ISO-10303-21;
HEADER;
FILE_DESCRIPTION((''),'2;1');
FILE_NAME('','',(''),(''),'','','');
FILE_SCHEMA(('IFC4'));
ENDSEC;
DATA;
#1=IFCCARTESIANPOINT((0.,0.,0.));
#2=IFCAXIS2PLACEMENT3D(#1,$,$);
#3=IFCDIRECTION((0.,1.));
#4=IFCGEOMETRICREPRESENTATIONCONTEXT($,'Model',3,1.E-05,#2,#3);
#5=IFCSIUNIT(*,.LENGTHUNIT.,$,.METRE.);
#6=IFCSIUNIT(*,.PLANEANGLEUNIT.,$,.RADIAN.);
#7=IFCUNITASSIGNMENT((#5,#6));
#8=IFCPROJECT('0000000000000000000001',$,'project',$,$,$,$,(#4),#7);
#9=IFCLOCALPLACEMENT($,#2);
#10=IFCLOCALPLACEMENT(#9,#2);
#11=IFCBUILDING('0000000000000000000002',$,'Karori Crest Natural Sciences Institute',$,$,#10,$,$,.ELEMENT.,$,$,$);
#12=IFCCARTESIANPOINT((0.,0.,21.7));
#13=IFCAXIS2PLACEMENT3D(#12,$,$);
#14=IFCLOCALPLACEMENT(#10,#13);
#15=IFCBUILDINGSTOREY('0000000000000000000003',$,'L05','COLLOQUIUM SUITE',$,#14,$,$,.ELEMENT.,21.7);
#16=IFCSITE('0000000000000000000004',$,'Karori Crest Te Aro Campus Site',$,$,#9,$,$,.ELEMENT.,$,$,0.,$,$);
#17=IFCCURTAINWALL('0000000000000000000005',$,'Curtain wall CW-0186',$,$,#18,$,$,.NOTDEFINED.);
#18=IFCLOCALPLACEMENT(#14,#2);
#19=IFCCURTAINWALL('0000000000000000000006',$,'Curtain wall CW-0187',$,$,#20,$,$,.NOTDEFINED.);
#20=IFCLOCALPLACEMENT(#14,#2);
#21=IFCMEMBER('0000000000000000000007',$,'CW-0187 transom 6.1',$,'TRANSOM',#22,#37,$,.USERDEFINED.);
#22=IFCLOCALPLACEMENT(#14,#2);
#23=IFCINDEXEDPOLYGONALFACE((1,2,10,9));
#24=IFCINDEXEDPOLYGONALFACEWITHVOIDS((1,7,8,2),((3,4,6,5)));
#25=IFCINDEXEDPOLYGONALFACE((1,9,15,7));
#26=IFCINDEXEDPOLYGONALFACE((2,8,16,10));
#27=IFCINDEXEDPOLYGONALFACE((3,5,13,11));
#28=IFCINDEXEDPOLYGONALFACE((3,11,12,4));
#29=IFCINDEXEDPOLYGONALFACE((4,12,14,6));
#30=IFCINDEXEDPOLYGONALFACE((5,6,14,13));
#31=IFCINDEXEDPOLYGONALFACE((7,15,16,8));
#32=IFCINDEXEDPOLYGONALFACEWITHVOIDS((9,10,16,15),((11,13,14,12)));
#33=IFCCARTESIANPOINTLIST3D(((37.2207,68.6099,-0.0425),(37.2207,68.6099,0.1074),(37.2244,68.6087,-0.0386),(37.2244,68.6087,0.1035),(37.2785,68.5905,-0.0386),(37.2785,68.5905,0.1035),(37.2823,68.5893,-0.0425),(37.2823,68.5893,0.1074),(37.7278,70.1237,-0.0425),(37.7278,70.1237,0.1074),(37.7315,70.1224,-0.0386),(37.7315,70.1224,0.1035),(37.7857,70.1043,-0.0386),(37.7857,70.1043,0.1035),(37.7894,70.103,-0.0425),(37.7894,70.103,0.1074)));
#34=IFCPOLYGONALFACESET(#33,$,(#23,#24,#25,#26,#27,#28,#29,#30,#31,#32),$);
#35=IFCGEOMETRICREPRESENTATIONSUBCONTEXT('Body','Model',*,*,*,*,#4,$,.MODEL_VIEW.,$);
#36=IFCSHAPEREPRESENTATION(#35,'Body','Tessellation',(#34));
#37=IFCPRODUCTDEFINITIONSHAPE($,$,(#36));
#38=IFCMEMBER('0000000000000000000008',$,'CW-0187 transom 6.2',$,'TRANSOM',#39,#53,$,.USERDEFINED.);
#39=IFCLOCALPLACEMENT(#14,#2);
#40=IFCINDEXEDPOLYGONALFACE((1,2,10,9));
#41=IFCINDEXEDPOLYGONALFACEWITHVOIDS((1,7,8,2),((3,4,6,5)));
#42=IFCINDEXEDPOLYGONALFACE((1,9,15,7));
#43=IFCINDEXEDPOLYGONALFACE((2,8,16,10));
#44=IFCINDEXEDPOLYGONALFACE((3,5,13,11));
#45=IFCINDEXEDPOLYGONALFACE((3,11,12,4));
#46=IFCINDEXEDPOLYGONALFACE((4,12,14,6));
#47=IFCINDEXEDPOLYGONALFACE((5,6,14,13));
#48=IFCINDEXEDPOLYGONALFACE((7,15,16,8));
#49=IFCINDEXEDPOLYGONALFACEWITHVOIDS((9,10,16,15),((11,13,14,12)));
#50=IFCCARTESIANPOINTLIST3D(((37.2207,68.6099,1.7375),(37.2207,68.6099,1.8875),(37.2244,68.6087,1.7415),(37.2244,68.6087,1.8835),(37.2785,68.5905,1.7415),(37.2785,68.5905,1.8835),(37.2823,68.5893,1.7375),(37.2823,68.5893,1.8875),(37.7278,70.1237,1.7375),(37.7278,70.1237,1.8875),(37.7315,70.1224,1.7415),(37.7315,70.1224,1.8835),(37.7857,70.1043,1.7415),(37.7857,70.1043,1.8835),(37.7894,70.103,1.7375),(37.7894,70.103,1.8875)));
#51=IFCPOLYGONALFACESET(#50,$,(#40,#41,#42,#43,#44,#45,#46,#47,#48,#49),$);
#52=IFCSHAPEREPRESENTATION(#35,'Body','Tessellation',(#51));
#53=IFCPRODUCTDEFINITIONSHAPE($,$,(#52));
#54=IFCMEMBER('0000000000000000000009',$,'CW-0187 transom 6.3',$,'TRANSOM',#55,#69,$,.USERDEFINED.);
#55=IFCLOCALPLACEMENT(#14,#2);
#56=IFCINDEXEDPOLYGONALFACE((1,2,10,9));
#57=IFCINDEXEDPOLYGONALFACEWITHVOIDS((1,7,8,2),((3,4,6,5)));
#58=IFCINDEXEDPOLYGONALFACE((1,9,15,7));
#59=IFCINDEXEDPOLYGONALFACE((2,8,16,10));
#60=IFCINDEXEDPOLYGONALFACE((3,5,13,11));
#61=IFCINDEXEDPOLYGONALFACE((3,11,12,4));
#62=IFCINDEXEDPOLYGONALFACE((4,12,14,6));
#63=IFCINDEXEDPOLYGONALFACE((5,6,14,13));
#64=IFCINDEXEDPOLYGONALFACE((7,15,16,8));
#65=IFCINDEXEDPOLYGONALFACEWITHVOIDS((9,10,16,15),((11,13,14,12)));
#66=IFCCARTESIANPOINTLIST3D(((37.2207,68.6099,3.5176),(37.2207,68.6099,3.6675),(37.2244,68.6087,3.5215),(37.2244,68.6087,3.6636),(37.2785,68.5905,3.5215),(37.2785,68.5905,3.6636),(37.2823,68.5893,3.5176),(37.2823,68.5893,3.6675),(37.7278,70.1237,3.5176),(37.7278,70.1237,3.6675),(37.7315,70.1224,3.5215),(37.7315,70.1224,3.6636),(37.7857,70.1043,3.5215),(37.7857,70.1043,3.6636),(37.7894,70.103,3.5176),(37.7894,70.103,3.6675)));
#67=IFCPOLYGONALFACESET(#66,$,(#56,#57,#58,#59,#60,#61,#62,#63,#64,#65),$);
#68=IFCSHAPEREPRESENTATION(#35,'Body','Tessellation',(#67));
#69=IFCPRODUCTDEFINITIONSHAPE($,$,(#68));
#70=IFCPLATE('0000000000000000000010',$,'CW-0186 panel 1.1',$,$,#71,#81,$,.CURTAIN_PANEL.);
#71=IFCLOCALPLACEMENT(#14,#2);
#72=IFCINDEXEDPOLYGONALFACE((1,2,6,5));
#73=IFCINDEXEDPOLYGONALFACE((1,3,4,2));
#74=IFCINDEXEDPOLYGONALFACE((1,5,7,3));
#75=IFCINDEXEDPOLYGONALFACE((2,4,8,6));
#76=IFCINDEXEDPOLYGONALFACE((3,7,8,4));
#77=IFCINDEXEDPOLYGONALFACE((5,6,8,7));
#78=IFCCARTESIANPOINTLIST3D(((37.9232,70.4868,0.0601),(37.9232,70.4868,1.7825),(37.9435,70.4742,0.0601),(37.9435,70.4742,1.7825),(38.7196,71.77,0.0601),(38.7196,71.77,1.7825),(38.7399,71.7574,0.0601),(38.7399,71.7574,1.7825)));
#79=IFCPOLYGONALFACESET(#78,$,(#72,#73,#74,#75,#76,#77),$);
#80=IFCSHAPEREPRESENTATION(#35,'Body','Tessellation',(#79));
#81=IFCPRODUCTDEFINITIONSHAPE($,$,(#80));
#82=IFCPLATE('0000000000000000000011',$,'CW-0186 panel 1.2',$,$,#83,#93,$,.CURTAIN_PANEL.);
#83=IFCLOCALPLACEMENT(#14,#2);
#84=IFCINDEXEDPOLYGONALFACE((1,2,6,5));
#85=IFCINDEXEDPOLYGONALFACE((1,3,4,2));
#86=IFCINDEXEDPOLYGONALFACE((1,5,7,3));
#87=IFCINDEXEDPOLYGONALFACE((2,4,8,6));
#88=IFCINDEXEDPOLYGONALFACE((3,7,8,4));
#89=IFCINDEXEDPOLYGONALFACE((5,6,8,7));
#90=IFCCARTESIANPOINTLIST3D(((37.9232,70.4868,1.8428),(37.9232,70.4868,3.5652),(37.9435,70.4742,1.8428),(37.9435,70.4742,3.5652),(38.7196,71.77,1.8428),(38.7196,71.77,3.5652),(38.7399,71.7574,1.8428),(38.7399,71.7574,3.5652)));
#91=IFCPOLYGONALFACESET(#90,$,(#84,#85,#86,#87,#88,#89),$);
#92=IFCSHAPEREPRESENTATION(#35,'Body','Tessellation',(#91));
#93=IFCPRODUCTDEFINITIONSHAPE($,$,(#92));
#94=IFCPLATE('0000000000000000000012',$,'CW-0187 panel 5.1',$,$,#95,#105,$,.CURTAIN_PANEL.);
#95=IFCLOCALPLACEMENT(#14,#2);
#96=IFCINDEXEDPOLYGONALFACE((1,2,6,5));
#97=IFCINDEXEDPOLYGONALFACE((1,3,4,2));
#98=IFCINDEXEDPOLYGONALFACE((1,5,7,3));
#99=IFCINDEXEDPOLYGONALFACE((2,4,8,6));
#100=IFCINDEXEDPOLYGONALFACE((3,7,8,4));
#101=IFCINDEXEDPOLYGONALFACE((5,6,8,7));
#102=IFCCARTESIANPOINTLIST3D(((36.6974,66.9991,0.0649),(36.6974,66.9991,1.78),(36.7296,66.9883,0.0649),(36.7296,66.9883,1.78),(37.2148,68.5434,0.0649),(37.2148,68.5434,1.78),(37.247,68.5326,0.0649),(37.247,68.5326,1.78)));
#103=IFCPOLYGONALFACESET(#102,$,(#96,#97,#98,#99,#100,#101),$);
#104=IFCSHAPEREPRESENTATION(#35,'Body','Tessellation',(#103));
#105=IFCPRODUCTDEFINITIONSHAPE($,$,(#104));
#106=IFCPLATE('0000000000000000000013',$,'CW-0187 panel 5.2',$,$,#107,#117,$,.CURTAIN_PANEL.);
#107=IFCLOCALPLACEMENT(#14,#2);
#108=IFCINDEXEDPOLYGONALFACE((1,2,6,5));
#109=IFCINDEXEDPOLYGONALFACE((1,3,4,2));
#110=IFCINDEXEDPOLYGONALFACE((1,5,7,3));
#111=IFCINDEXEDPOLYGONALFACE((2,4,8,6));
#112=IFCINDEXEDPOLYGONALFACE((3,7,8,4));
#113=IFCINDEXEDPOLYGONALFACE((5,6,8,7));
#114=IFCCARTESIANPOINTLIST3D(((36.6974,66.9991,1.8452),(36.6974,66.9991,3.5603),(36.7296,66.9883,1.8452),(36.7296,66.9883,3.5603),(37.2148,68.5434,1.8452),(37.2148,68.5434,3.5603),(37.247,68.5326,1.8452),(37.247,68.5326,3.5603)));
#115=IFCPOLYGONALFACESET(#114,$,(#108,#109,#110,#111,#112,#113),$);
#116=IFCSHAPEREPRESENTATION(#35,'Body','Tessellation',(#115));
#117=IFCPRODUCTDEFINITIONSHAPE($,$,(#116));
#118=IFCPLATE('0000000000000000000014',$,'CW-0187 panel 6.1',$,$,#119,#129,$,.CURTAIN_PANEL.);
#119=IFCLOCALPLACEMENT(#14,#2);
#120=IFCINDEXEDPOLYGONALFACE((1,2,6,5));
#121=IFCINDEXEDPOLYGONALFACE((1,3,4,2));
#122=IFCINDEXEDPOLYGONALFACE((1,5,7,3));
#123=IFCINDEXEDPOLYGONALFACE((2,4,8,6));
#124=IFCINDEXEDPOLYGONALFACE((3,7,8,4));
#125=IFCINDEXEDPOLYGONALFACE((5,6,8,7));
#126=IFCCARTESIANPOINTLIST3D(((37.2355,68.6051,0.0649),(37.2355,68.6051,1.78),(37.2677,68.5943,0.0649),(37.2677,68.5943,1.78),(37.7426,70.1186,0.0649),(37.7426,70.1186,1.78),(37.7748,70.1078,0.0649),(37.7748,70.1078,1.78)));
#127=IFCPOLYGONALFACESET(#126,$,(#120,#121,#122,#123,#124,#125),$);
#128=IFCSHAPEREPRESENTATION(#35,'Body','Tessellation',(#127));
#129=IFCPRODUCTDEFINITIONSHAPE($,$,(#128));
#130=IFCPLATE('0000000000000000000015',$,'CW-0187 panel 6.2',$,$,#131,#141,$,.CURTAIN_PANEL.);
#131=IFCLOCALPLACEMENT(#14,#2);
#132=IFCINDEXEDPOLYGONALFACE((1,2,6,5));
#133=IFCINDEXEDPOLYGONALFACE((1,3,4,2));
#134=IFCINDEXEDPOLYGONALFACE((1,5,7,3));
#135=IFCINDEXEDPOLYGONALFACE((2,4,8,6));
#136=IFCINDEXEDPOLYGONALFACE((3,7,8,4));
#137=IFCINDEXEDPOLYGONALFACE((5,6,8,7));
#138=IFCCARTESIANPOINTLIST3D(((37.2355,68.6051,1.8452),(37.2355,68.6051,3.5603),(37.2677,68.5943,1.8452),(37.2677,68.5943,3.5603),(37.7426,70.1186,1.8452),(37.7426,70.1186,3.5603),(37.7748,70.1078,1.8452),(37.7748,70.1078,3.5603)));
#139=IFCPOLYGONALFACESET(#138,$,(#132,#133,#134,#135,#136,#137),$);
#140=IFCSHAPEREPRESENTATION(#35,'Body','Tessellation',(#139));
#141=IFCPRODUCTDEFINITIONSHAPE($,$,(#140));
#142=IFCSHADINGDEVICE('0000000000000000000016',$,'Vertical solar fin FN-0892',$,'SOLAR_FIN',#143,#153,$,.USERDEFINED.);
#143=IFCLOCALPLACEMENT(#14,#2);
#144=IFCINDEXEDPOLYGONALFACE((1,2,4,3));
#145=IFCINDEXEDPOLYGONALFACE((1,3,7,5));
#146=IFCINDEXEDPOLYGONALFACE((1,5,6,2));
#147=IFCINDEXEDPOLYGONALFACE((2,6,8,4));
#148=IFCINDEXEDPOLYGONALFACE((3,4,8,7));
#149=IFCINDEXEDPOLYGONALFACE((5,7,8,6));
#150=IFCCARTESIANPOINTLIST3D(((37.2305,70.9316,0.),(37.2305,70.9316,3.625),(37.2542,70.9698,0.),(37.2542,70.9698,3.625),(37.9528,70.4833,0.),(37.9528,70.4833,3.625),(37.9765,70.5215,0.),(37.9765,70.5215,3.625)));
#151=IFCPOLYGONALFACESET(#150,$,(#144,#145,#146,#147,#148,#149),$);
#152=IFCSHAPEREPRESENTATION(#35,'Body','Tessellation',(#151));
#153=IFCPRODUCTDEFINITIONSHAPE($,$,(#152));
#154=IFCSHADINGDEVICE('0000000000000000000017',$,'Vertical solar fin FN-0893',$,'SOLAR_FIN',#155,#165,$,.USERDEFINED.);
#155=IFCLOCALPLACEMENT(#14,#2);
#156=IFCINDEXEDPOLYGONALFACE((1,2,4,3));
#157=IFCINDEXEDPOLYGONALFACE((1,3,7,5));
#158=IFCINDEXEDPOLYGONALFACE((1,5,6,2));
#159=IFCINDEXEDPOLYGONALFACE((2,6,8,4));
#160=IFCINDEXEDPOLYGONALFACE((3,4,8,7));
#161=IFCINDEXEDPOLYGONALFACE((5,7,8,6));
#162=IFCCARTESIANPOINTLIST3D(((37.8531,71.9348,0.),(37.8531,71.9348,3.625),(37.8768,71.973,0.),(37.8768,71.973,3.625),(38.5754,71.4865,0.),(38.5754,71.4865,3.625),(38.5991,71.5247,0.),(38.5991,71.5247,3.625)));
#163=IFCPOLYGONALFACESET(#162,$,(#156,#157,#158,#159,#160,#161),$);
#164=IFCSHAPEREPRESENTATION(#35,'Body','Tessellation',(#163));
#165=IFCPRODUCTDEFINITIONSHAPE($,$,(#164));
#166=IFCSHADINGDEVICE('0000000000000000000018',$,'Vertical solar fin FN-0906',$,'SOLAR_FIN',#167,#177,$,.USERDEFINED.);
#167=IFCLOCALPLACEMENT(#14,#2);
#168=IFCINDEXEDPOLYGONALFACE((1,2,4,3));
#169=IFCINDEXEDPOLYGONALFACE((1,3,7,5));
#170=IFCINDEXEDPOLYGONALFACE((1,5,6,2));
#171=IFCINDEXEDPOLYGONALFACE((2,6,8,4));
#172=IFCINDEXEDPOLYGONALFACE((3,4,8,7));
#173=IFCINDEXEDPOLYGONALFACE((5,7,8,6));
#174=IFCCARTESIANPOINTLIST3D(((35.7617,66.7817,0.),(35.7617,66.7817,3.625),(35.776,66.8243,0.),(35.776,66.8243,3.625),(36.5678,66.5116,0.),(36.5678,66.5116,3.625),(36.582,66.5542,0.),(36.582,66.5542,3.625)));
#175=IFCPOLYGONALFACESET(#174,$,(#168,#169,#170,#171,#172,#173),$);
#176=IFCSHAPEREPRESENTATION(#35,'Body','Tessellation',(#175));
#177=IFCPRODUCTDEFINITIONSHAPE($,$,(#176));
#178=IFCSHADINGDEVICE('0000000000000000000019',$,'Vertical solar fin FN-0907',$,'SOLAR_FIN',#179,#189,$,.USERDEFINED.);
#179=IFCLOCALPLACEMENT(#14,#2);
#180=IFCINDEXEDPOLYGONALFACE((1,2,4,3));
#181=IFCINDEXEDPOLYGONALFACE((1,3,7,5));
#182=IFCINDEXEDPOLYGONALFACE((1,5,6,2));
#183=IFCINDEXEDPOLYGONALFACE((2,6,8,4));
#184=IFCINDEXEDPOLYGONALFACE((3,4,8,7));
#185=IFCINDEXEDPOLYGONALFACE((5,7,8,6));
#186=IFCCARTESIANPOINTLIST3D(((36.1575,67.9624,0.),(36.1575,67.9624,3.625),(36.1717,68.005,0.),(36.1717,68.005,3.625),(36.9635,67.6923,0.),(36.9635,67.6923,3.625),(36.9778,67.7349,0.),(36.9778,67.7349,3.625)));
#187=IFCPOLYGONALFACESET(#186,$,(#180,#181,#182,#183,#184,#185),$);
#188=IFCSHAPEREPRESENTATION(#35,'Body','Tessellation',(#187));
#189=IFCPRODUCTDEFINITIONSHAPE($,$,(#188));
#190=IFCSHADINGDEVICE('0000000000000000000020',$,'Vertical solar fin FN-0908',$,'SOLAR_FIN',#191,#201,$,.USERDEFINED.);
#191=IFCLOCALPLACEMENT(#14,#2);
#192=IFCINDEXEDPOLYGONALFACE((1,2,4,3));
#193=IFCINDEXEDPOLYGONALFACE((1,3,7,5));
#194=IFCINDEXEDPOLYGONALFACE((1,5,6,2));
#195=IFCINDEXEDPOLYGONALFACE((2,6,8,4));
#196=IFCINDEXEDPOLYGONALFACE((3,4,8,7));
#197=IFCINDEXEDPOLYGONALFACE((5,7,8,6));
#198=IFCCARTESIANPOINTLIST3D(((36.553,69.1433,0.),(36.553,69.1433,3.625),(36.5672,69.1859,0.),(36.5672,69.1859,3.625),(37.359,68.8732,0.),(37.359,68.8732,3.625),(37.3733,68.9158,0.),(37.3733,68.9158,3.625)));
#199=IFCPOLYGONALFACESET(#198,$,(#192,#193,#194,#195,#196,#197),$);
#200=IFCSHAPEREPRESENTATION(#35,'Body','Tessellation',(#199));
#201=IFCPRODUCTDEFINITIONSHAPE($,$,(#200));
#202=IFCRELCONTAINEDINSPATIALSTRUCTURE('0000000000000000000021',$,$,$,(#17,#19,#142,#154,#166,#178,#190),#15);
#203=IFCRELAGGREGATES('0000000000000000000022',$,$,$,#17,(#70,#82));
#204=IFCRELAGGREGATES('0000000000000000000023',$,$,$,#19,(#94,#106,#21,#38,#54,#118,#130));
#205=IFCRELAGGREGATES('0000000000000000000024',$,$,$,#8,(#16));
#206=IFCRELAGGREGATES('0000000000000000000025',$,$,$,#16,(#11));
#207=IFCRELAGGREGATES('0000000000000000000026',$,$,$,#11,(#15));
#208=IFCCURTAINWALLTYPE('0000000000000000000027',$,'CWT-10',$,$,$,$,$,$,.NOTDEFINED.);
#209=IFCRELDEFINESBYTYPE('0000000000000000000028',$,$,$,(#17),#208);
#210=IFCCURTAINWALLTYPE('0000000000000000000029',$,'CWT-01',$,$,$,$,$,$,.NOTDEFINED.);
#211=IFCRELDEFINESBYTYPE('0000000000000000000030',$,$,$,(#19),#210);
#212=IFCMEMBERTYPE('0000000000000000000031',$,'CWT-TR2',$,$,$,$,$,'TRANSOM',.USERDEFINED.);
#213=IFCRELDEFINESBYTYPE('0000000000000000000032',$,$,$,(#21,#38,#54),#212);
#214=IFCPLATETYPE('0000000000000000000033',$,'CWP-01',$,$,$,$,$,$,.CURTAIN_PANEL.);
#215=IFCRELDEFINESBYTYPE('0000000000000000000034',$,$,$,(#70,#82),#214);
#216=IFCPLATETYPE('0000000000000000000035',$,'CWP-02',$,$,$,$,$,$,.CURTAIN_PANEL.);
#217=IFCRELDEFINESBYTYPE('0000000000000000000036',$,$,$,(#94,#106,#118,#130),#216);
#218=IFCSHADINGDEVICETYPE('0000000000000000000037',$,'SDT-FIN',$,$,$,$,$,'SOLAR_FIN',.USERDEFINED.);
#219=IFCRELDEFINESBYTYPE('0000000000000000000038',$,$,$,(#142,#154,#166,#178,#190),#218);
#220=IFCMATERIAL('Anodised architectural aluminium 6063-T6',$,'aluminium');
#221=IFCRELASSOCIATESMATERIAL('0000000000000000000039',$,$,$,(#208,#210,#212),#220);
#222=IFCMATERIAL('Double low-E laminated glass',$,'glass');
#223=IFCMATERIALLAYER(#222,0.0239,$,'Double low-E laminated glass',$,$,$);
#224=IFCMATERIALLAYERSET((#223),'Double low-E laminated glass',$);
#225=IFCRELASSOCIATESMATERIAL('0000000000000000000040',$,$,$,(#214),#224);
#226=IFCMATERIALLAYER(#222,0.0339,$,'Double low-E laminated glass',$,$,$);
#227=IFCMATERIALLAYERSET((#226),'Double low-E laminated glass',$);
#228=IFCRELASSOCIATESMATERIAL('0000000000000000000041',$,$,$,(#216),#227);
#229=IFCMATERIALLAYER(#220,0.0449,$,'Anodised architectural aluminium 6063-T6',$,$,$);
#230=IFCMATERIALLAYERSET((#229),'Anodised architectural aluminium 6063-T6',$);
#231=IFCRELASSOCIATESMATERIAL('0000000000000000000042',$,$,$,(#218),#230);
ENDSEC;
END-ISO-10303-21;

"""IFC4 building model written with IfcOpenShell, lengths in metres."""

from ifc_helpers import new_model, si_unit, direction, frame, origin, origin_2d, place, context, subcontext, project, spatial, rectangle, hollow_rectangle, extrude, material, layer, layer_set, material_profile, profile_set, type_object, element, aggregate, save


model = new_model("IFC4")

# Units and contexts
model_context = context("Model", 3, precision=1e-05, world=origin(), true_north=direction((0.0, 1.0)))
body_context = subcontext(model_context, "Body", "Model", "MODEL_VIEW")
ifc_project = project(units=[si_unit("LENGTHUNIT", "METRE"), si_unit("PLANEANGLEUNIT", "RADIAN")], contexts=[model_context])

# Site, building, storey
site_placement = place(None, origin())
site = spatial("IfcSite", under=ifc_project, at=site_placement, Name="Karori Crest Te Aro Campus Site", CompositionType="ELEMENT", RefElevation=0.0)
building_placement = place(site_placement, origin())
building = spatial("IfcBuilding", under=site, at=building_placement, Name="Karori Crest Natural Sciences Institute", CompositionType="ELEMENT")
storey_placement = place(building_placement, frame((0.0, 0.0, 21.7)))
storey = spatial("IfcBuildingStorey", under=building, at=storey_placement, Name="L05", Description="COLLOQUIUM SUITE", CompositionType="ELEMENT", Elevation=21.7)

# Curtain walls
ifc_material_1 = material(Name="Anodised architectural aluminium 6063-T6", Category="aluminium")
curtain_wall_type_1 = type_object("IfcCurtainWallType", Name="CWT-10", PredefinedType="NOTDEFINED", material=ifc_material_1)
curtain_wall_1_placement = place(storey_placement, origin())
curtain_wall_1 = element("IfcCurtainWall", 1, at=curtain_wall_1_placement, inside=storey, type_object=curtain_wall_type_1, Name="Curtain wall CW-0186", PredefinedType="NOTDEFINED")
curtain_wall_type_2 = type_object("IfcCurtainWallType", Name="CWT-01", PredefinedType="NOTDEFINED", material=ifc_material_1)
curtain_wall_2_placement = place(storey_placement, origin())
curtain_wall_2 = element("IfcCurtainWall", 2, at=curtain_wall_2_placement, inside=storey, type_object=curtain_wall_type_2, Name="Curtain wall CW-0187", PredefinedType="NOTDEFINED")

# Members
ifc_material_profile_1 = material_profile(ifc_material_1, hollow_rectangle(XDim=0.0649, YDim=0.1499, WallThickness=0.0039, at=origin_2d()), Name="CWT150x65x4")
ifc_profile_set_1 = profile_set([ifc_material_profile_1], Name="Anodised architectural aluminium 6063-T6")
member_type_1 = type_object("IfcMemberType", Name="CWT-TR2", ElementType="TRANSOM", PredefinedType="USERDEFINED", material=ifc_profile_set_1)
member_1_placement = place(storey_placement, frame((37.2515, 68.5996, 0.0325), z_axis=(0.31765, 0.948208, 0.0), x_axis=(-0.948208, 0.31765, 0.0)))
member_1 = element("IfcMember", 3, at=member_1_placement, type_object=member_type_1, Name="CW-0187 transom 6.1", ObjectType="TRANSOM", PredefinedType="USERDEFINED", context=body_context, shape_type="SweptSolid", body=[
    extrude(hollow_rectangle(XDim=0.0649, YDim=0.1499, WallThickness=0.0039, at=origin_2d()), origin(), (0.0, 0.0, 1.0), 1.5964),
])
member_2_placement = place(storey_placement, frame((37.2515, 68.5996, 1.8125), z_axis=(0.31765, 0.948208, 0.0), x_axis=(-0.948208, 0.31765, 0.0)))
member_2 = element("IfcMember", 4, at=member_2_placement, type_object=member_type_1, Name="CW-0187 transom 6.2", ObjectType="TRANSOM", PredefinedType="USERDEFINED", context=body_context, shape_type="SweptSolid", body=[
    extrude(hollow_rectangle(XDim=0.0649, YDim=0.1499, WallThickness=0.0039, at=origin_2d()), origin(), (0.0, 0.0, 1.0), 1.5964),
])
member_3_placement = place(storey_placement, frame((37.2515, 68.5996, 3.5925), z_axis=(0.31765, 0.948208, 0.0), x_axis=(-0.948208, 0.31765, 0.0)))
member_3 = element("IfcMember", 5, at=member_3_placement, type_object=member_type_1, Name="CW-0187 transom 6.3", ObjectType="TRANSOM", PredefinedType="USERDEFINED", context=body_context, shape_type="SweptSolid", body=[
    extrude(hollow_rectangle(XDim=0.0649, YDim=0.1499, WallThickness=0.0039, at=origin_2d()), origin(), (0.0, 0.0, 1.0), 1.5964),
])

# Plates
ifc_material_2 = material(Name="Double low-E laminated glass", Category="glass")
ifc_layer_1 = layer(ifc_material_2, 0.0239, Name="Double low-E laminated glass")
ifc_layer_set_1 = layer_set([ifc_layer_1], Name="Double low-E laminated glass")
plate_type_1 = type_object("IfcPlateType", Name="CWP-01", PredefinedType="CURTAIN_PANEL", material=ifc_layer_set_1)
plate_1_placement = place(storey_placement, frame((38.3315, 71.1221, 0.0601), z_axis=(0.0, 0.0, 1.0), x_axis=(0.527324, 0.849664, 0.0)))
plate_1 = element("IfcPlate", 6, at=plate_1_placement, type_object=plate_type_1, Name="CW-0186 panel 1.1", PredefinedType="CURTAIN_PANEL", context=body_context, shape_type="SweptSolid", body=[
    extrude(rectangle(XDim=1.5103, YDim=0.0239, at=origin_2d()), origin(), (0.0, 0.0, 1.0), 1.7224),
])
plate_2_placement = place(storey_placement, frame((38.3315, 71.1221, 1.8428), z_axis=(0.0, 0.0, 1.0), x_axis=(0.527324, 0.849664, 0.0)))
plate_2 = element("IfcPlate", 7, at=plate_2_placement, type_object=plate_type_1, Name="CW-0186 panel 1.2", PredefinedType="CURTAIN_PANEL", context=body_context, shape_type="SweptSolid", body=[
    extrude(rectangle(XDim=1.5103, YDim=0.0239, at=origin_2d()), origin(), (0.0, 0.0, 1.0), 1.7224),
])
aggregate(curtain_wall_1, [plate_1, plate_2])
ifc_layer_2 = layer(ifc_material_2, 0.0339, Name="Double low-E laminated glass")
ifc_layer_set_2 = layer_set([ifc_layer_2], Name="Double low-E laminated glass")
plate_type_2 = type_object("IfcPlateType", Name="CWP-02", PredefinedType="CURTAIN_PANEL", material=ifc_layer_set_2)
plate_3_placement = place(storey_placement, frame((36.9722, 67.7659, 0.0649), z_axis=(0.0, 0.0, 1.0), x_axis=(0.31768, 0.948198, 0.0)))
plate_3 = element("IfcPlate", 8, at=plate_3_placement, type_object=plate_type_2, Name="CW-0187 panel 5.1", PredefinedType="CURTAIN_PANEL", context=body_context, shape_type="SweptSolid", body=[
    extrude(rectangle(XDim=1.6287, YDim=0.0339, at=origin_2d()), origin(), (0.0, 0.0, 1.0), 1.7151),
])
plate_4_placement = place(storey_placement, frame((36.9722, 67.7659, 1.8452), z_axis=(0.0, 0.0, 1.0), x_axis=(0.31768, 0.948198, 0.0)))
plate_4 = element("IfcPlate", 9, at=plate_4_placement, type_object=plate_type_2, Name="CW-0187 panel 5.2", PredefinedType="CURTAIN_PANEL", context=body_context, shape_type="SweptSolid", body=[
    extrude(rectangle(XDim=1.6287, YDim=0.0339, at=origin_2d()), origin(), (0.0, 0.0, 1.0), 1.7151),
])
plate_5_placement = place(storey_placement, frame((37.5051, 69.3564, 0.0649), z_axis=(0.0, 0.0, 1.0), x_axis=(0.31768, 0.948198, 0.0)))
plate_5 = element("IfcPlate", 10, at=plate_5_placement, type_object=plate_type_2, Name="CW-0187 panel 6.1", PredefinedType="CURTAIN_PANEL", context=body_context, shape_type="SweptSolid", body=[
    extrude(rectangle(XDim=1.5962, YDim=0.0339, at=origin_2d()), origin(), (0.0, 0.0, 1.0), 1.7151),
])
plate_6_placement = place(storey_placement, frame((37.5051, 69.3564, 1.8452), z_axis=(0.0, 0.0, 1.0), x_axis=(0.31768, 0.948198, 0.0)))
plate_6 = element("IfcPlate", 11, at=plate_6_placement, type_object=plate_type_2, Name="CW-0187 panel 6.2", PredefinedType="CURTAIN_PANEL", context=body_context, shape_type="SweptSolid", body=[
    extrude(rectangle(XDim=1.5962, YDim=0.0339, at=origin_2d()), origin(), (0.0, 0.0, 1.0), 1.7151),
])
aggregate(curtain_wall_2, [plate_3, plate_4, member_1, member_2, member_3, plate_5, plate_6])

# Shading devices
ifc_layer_3 = layer(ifc_material_1, 0.0449, Name="Anodised architectural aluminium 6063-T6")
ifc_layer_set_3 = layer_set([ifc_layer_3], Name="Anodised architectural aluminium 6063-T6")
shading_device_type = type_object("IfcShadingDeviceType", Name="SDT-FIN", ElementType="SOLAR_FIN", PredefinedType="USERDEFINED", material=ifc_layer_set_3)
for number, where, z_axis, x_axis, name in (
    (12, (37.6035, 70.7266, 0.0), (0.0, 0.0, 1.0), (-0.849665, 0.527324, 0.0), "Vertical solar fin FN-0892"),
    (13, (38.2261, 71.7297, 0.0), (0.0, 0.0, 1.0), (-0.849665, 0.527324, 0.0), "Vertical solar fin FN-0893"),
    (14, (36.1719, 66.668, 0.0), (0.0, 0.0, 1.0), (-0.948198, 0.31768, 0.0), "Vertical solar fin FN-0906"),
    (15, (36.5676, 67.8486, 0.0), (0.0, 0.0, 1.0), (-0.948198, 0.31768, 0.0), "Vertical solar fin FN-0907"),
    (16, (36.9631, 69.0295, 0.0), (0.0, 0.0, 1.0), (-0.948198, 0.31768, 0.0), "Vertical solar fin FN-0908"),
):
    element("IfcShadingDevice", number, at=place(storey_placement, frame(where, z_axis=z_axis, x_axis=x_axis)), inside=storey, type_object=shading_device_type, Name=name, ObjectType="SOLAR_FIN", PredefinedType="USERDEFINED", context=body_context, shape_type="SweptSolid", body=[
        extrude(rectangle(XDim=0.8501, YDim=0.0449, at=origin_2d()), origin(), (0.0, 0.0, 1.0), 3.625),
    ])

save(model, "model.ifc")
